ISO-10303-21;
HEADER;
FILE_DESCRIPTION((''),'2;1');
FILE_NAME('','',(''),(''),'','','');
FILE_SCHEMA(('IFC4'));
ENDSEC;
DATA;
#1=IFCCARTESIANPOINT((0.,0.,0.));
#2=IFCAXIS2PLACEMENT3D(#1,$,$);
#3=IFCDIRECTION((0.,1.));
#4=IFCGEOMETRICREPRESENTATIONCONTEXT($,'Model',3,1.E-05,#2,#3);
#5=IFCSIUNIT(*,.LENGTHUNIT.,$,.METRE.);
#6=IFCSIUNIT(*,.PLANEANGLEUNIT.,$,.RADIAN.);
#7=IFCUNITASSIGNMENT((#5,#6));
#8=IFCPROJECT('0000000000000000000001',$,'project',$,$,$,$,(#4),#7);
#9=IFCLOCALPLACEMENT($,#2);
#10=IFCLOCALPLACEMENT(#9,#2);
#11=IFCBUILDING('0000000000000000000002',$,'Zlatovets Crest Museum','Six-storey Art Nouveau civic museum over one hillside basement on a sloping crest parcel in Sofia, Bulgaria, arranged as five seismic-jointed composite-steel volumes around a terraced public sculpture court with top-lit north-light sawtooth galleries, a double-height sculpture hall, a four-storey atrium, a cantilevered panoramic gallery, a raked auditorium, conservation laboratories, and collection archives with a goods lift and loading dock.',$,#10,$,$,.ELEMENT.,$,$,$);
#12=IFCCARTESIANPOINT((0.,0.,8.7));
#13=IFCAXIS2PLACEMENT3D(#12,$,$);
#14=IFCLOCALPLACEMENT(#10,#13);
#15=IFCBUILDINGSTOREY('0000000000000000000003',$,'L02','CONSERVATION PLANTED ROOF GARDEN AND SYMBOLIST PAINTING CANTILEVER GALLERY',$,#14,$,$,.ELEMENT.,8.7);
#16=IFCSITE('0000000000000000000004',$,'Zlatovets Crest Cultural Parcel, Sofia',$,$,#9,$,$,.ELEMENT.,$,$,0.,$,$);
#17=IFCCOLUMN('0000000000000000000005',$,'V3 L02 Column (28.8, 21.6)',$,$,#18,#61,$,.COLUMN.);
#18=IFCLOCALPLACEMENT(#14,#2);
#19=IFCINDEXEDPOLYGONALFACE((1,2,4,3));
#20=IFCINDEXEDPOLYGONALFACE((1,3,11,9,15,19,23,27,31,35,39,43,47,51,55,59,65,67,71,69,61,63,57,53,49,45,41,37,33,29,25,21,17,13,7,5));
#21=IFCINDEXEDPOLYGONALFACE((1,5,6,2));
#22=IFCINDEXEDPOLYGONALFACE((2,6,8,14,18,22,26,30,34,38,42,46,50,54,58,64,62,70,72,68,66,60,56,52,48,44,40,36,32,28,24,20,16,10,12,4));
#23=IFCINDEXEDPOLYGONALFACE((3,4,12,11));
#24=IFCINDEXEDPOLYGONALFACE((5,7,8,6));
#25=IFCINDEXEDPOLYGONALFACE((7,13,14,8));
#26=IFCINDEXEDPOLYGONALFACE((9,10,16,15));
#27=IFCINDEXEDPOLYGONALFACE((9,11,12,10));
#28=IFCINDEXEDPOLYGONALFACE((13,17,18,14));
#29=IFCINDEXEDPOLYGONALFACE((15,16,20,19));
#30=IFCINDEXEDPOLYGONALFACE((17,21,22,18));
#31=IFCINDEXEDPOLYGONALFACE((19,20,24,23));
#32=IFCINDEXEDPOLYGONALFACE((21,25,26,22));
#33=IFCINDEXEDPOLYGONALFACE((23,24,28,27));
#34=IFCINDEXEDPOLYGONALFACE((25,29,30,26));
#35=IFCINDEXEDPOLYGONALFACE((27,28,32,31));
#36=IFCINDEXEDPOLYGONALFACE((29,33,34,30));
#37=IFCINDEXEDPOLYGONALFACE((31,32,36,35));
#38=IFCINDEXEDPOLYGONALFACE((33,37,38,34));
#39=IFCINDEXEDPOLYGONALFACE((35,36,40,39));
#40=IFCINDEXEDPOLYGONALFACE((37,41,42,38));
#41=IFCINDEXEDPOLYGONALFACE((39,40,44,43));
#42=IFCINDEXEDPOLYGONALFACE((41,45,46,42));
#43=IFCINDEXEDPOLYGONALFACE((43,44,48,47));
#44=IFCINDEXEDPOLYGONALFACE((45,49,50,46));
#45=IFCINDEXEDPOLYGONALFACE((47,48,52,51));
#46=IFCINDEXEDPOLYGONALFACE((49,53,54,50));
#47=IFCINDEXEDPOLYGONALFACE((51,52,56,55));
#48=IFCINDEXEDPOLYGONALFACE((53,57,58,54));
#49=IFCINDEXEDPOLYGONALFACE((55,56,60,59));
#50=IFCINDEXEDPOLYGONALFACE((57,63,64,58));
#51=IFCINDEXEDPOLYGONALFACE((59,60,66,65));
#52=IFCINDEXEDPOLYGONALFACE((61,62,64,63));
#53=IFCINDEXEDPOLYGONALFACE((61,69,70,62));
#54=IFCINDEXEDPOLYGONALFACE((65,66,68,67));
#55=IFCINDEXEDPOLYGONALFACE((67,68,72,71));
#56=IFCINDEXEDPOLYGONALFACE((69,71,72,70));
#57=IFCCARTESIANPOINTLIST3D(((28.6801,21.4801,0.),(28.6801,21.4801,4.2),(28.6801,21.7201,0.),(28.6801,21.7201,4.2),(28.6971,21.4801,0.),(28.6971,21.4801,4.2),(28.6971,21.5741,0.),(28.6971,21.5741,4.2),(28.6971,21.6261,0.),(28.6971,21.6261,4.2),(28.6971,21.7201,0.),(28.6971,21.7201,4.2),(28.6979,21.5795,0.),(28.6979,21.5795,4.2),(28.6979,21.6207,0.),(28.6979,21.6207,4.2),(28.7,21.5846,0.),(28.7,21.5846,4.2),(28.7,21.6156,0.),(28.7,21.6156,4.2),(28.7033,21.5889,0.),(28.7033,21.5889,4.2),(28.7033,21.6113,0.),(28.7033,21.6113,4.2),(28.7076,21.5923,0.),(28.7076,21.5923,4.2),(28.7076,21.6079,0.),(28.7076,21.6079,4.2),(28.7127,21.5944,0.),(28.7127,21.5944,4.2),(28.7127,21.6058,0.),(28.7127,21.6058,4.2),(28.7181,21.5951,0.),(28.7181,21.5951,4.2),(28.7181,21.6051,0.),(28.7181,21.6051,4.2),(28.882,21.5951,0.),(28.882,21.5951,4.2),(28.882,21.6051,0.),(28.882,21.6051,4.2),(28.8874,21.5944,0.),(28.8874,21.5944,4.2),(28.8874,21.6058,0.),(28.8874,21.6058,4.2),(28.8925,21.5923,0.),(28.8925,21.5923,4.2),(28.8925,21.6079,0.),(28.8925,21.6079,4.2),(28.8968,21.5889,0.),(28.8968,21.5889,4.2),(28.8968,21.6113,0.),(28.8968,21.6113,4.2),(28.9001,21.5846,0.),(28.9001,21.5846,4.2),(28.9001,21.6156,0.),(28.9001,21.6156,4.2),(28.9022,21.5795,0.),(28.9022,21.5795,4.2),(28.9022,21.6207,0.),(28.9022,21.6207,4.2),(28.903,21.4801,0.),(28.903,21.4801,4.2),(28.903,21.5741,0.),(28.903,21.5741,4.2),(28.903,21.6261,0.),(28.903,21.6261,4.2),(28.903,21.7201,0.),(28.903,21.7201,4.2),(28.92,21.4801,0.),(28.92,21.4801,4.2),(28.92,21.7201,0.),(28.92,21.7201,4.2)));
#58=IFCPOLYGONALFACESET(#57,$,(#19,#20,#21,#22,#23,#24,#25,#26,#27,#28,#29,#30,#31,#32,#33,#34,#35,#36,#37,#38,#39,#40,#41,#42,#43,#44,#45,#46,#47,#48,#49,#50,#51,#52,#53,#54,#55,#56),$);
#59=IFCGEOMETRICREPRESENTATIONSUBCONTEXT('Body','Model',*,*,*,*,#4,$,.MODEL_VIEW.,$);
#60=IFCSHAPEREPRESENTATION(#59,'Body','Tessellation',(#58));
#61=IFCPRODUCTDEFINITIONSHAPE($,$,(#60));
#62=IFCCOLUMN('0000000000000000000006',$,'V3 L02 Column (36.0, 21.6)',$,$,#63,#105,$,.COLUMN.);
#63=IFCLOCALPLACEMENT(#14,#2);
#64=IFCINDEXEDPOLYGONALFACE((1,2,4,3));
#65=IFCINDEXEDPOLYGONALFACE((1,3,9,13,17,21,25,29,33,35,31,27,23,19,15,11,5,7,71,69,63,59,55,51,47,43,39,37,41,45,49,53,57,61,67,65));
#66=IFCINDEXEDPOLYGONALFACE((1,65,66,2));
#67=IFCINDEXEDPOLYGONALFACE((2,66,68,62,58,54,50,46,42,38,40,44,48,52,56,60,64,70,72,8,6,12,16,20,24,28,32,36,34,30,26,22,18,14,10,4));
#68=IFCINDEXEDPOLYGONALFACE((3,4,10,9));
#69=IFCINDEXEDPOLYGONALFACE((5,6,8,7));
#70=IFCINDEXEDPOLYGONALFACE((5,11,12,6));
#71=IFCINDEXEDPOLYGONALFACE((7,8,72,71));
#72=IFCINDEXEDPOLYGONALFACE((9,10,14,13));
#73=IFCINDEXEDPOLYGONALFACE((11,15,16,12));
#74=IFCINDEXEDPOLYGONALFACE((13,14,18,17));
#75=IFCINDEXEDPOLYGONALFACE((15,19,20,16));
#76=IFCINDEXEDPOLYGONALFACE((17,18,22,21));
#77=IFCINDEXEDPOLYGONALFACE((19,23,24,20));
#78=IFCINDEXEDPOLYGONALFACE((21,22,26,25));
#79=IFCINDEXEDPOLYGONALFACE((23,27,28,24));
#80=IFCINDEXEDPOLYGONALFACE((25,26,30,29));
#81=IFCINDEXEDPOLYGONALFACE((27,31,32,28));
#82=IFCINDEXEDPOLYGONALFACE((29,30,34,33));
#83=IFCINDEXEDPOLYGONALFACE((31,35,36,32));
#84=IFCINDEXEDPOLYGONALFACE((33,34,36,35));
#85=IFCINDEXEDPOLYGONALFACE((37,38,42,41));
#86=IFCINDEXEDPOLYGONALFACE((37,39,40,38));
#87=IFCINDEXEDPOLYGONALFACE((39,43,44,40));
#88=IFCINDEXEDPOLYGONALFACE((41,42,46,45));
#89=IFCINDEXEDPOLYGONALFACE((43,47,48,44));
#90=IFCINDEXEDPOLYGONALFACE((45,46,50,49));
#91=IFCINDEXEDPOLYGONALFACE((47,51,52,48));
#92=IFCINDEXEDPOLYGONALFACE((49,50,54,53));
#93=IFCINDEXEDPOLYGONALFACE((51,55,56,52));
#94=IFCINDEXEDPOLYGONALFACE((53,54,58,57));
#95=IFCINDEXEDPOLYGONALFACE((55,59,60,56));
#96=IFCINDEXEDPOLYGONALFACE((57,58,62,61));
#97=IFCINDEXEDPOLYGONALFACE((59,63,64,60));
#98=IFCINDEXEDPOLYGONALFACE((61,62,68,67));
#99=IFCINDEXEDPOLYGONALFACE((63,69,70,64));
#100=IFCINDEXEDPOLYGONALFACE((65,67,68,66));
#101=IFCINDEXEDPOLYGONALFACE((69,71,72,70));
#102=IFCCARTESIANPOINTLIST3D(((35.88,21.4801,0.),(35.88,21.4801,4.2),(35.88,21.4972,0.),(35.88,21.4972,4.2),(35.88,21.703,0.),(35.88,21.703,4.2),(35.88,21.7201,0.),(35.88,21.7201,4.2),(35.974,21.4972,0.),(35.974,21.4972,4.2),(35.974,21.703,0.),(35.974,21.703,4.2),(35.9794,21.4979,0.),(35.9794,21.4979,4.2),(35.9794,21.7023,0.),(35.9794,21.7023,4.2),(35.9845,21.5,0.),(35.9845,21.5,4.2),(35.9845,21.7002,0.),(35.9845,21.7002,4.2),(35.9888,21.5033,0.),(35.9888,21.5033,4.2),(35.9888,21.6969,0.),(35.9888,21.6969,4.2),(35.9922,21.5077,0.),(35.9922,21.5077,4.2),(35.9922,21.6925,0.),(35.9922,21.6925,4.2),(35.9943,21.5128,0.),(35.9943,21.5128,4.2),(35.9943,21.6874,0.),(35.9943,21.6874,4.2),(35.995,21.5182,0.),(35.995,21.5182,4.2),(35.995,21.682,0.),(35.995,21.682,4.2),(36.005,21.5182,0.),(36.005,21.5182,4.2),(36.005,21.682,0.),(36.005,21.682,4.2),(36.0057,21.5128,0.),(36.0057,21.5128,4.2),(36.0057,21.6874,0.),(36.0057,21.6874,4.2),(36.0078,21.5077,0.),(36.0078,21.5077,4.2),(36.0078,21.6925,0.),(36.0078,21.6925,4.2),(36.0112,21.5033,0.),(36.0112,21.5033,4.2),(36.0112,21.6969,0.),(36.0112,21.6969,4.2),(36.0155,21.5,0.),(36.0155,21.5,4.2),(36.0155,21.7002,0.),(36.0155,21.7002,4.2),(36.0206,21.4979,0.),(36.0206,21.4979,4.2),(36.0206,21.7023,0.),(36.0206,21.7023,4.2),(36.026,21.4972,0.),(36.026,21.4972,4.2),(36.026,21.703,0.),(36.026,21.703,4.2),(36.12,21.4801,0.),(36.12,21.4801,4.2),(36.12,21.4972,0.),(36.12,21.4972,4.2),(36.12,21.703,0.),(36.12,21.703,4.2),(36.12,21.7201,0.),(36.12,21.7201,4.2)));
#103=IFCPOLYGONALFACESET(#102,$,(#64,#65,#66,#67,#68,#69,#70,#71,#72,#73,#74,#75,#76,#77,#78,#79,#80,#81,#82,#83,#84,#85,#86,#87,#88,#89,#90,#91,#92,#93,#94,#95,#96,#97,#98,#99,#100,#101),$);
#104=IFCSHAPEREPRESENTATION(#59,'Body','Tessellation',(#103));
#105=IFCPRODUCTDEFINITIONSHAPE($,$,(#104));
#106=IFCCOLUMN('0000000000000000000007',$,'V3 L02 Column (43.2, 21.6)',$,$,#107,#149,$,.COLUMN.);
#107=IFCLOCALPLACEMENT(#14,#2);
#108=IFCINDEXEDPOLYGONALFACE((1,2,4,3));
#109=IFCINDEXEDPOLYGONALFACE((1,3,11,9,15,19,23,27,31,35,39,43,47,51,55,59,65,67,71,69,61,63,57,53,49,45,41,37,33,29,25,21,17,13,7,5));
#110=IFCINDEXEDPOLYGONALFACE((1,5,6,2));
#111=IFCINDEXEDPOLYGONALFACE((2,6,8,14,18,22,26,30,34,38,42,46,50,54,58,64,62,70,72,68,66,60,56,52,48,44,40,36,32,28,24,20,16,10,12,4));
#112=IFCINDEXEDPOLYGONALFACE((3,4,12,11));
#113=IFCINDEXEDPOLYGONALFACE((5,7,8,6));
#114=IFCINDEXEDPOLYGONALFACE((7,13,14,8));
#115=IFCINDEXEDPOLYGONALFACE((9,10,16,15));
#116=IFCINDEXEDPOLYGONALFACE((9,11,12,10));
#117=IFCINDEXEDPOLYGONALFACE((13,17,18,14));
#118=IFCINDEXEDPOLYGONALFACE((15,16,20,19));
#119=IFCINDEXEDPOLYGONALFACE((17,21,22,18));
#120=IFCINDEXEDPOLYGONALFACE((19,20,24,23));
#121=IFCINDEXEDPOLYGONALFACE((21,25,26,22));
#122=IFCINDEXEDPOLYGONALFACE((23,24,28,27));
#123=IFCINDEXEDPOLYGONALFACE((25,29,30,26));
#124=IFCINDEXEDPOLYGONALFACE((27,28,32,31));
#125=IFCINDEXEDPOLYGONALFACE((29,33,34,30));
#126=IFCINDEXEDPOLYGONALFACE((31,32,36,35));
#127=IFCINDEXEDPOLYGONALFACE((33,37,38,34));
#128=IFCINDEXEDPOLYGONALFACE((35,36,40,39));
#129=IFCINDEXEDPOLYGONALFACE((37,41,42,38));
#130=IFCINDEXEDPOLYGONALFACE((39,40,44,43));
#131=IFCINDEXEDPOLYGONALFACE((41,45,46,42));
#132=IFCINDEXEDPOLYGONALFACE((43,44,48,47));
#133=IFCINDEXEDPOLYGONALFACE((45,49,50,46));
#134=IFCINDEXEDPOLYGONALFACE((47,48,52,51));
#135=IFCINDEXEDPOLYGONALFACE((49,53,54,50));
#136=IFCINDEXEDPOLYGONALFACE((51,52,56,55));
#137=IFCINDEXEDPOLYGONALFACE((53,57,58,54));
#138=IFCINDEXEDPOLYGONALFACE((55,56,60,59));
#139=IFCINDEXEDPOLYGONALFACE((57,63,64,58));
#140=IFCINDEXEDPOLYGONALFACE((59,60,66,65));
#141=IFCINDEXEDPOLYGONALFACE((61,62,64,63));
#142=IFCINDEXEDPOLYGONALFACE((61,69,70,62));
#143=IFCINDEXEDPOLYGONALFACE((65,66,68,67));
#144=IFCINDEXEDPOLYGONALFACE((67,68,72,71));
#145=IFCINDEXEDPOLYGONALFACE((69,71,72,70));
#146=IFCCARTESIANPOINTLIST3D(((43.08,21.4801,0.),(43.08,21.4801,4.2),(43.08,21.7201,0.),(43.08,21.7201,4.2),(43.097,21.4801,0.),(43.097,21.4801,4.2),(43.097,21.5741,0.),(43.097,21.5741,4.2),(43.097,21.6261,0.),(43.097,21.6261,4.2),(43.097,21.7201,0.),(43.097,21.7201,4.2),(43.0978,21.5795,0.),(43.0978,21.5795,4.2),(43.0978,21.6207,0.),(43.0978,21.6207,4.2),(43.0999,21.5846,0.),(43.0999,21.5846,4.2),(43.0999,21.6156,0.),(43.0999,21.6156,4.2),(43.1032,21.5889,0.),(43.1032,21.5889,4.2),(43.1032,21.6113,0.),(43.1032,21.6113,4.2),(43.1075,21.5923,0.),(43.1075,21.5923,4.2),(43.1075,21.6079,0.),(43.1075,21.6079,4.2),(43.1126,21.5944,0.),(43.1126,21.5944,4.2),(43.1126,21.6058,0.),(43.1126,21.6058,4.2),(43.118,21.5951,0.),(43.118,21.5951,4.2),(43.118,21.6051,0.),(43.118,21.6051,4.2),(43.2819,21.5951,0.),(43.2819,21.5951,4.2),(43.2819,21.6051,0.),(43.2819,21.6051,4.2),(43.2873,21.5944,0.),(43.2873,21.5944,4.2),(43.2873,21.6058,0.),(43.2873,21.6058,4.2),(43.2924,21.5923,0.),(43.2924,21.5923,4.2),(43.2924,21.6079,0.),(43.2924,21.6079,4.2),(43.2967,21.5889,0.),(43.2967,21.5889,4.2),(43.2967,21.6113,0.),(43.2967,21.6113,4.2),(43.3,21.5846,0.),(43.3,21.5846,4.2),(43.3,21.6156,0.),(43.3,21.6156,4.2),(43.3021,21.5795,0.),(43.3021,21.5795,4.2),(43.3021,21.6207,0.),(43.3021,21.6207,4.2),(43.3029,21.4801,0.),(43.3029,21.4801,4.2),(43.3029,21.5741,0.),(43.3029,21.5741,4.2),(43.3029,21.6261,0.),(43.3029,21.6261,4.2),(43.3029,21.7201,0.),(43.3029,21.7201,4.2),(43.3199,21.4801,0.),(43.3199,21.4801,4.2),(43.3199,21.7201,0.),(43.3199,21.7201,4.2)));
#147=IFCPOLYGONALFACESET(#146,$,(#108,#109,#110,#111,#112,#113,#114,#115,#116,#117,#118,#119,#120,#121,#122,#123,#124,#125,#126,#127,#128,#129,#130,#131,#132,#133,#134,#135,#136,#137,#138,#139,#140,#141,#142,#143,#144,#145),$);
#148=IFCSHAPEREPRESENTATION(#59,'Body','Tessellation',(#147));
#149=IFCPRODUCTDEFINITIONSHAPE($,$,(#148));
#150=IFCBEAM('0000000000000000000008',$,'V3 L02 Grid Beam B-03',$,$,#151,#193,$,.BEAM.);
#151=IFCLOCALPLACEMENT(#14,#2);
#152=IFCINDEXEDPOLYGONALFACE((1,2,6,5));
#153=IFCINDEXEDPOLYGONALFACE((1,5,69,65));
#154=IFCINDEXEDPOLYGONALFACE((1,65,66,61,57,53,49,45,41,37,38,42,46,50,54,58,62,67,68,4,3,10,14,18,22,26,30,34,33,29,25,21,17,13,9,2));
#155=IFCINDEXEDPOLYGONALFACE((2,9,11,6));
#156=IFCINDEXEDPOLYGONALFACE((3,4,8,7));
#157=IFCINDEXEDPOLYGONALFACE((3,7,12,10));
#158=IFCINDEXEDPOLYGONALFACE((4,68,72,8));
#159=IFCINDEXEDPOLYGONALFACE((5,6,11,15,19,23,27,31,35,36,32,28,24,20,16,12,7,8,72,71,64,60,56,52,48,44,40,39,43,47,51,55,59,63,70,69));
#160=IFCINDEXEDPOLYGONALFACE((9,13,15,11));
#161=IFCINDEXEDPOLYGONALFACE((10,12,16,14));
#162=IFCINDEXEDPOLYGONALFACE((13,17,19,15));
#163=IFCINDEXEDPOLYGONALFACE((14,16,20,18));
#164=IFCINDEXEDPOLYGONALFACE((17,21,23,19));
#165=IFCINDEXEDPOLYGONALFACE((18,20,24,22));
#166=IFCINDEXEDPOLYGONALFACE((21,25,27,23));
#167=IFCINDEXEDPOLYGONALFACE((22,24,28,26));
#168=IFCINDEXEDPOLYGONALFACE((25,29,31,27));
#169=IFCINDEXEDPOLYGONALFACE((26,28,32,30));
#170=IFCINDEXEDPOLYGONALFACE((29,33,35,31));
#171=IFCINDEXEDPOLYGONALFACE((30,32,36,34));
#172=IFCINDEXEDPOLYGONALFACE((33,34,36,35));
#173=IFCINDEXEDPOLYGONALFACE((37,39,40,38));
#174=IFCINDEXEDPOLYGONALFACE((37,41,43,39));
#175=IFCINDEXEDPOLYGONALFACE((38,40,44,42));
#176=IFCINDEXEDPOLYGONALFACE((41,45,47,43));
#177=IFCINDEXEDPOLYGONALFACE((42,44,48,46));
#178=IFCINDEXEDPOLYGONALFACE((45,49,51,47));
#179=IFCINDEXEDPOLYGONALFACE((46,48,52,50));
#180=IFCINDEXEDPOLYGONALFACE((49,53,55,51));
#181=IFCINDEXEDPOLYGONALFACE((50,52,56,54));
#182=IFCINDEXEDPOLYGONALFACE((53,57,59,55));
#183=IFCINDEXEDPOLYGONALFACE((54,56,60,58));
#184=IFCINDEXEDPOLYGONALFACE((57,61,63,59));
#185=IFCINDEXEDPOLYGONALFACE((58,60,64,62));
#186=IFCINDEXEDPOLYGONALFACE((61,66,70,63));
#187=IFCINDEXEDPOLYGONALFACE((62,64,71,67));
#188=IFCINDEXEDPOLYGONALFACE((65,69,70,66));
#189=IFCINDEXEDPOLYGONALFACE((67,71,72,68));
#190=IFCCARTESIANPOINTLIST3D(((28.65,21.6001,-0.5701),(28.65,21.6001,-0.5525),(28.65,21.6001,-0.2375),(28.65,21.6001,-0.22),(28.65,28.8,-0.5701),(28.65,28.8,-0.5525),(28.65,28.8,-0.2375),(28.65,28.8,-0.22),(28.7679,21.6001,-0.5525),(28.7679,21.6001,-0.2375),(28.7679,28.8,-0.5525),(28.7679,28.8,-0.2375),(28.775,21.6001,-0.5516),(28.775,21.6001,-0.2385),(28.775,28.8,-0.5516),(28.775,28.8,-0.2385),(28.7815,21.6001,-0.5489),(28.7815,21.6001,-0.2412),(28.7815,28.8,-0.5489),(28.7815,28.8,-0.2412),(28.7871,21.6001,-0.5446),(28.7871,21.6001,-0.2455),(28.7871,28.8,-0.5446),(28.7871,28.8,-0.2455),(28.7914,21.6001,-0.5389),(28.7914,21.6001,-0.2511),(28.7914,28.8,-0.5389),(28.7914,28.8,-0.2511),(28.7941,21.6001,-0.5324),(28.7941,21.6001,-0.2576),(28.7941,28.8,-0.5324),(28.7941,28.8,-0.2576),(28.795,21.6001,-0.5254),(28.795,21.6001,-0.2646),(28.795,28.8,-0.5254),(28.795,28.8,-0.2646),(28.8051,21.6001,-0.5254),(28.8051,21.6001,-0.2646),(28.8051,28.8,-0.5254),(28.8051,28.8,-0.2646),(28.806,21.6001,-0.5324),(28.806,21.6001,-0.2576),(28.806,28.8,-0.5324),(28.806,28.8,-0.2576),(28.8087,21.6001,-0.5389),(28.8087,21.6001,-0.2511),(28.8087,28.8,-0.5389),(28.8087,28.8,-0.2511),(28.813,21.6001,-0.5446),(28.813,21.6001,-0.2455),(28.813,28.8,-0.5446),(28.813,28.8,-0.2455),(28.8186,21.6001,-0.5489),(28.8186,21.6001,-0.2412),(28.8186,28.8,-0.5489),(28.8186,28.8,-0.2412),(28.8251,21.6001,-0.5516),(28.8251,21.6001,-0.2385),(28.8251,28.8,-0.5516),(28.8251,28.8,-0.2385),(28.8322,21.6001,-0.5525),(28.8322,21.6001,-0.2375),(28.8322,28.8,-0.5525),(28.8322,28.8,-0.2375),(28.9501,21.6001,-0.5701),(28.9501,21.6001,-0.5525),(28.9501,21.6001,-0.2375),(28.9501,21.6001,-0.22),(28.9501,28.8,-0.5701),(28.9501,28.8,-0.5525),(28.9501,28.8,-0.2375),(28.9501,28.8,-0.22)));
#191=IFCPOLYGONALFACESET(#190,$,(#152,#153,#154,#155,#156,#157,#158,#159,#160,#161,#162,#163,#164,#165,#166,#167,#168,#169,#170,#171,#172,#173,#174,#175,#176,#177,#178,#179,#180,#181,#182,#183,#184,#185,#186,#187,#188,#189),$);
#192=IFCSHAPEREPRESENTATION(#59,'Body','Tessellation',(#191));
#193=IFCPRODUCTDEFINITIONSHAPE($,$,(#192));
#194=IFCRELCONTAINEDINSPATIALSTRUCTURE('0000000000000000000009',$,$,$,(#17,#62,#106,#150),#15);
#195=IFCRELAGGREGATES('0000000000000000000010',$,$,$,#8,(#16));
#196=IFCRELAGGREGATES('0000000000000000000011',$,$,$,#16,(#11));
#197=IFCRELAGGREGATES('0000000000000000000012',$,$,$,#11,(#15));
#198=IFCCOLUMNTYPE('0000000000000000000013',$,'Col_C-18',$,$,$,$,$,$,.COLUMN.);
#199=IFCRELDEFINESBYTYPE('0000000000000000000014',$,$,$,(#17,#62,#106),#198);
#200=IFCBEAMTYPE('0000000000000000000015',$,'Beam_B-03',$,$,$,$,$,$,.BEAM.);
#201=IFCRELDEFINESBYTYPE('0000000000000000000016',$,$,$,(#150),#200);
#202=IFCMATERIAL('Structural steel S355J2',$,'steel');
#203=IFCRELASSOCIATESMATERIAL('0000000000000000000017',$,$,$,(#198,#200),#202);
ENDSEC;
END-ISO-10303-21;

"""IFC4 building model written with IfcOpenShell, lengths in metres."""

from ifc_helpers import new_model, si_unit, direction, frame, origin, origin_2d, place, context, subcontext, project, spatial, i_section, extrude, material, material_profile, profile_set, type_object, element, save


model = new_model("IFC4")

# Units and contexts
model_context = context("Model", 3, precision=1e-05, world=origin(), true_north=direction((0.0, 1.0)))
body_context = subcontext(model_context, "Body", "Model", "MODEL_VIEW")
ifc_project = project(units=[si_unit("LENGTHUNIT", "METRE"), si_unit("PLANEANGLEUNIT", "RADIAN")], contexts=[model_context])

# Site, building, storey
site_placement = place(None, origin())
site = spatial("IfcSite", under=ifc_project, at=site_placement, Name="Zlatovets Crest Cultural Parcel, Sofia", CompositionType="ELEMENT", RefElevation=0.0)
building_placement = place(site_placement, origin())
building = spatial("IfcBuilding", under=site, at=building_placement, Name="Zlatovets Crest Museum", Description="Six-storey Art Nouveau civic museum over one hillside basement on a sloping crest parcel in Sofia, Bulgaria, arranged as five seismic-jointed composite-steel volumes around a terraced public sculpture court with top-lit north-light sawtooth galleries, a double-height sculpture hall, a four-storey atrium, a cantilevered panoramic gallery, a raked auditorium, conservation laboratories, and collection archives with a goods lift and loading dock.", CompositionType="ELEMENT")
storey_placement = place(building_placement, frame((0.0, 0.0, 8.7)))
storey = spatial("IfcBuildingStorey", under=building, at=storey_placement, Name="L02", Description="CONSERVATION PLANTED ROOF GARDEN AND SYMBOLIST PAINTING CANTILEVER GALLERY", CompositionType="ELEMENT", Elevation=8.7)

# Columns
ifc_material_1 = material(Name="Structural steel S355J2", Category="steel")
ifc_material_profile_1 = material_profile(ifc_material_1, i_section(OverallWidth=0.24, OverallDepth=0.24, WebThickness=0.01, FlangeThickness=0.0171, FilletRadius=0.021, at=origin_2d()), Name="HEB 240")
ifc_profile_set_1 = profile_set([ifc_material_profile_1], Name="Structural steel S355J2")
column_type = type_object("IfcColumnType", Name="Col_C-18", PredefinedType="COLUMN", material=ifc_profile_set_1)
for number, where, z_axis, x_axis, name in (
    (1, (28.8, 21.6001, 0.0), (0.0, 0.0, 1.0), (0.0, 1.0, 0.0), "V3 L02 Column (28.8, 21.6)"),
    (2, (36.0, 21.6001, 0.0), (0.0, 0.0, 1.0), (1.0, 0.0, 0.0), "V3 L02 Column (36.0, 21.6)"),
    (3, (43.2, 21.6001, 0.0), (0.0, 0.0, 1.0), (0.0, 1.0, 0.0), "V3 L02 Column (43.2, 21.6)"),
):
    element("IfcColumn", number, at=place(storey_placement, frame(where, z_axis=z_axis, x_axis=x_axis)), inside=storey, type_object=column_type, Name=name, PredefinedType="COLUMN", context=body_context, shape_type="SweptSolid", body=[
        extrude(i_section(OverallWidth=0.24, OverallDepth=0.24, WebThickness=0.01, FlangeThickness=0.0171, FilletRadius=0.021, at=origin_2d()), origin(), (0.0, 0.0, 1.0), 4.2),
    ])

# Beam
ifc_material_profile_2 = material_profile(ifc_material_1, i_section(OverallWidth=0.3, OverallDepth=0.3501, WebThickness=0.01, FlangeThickness=0.0176, FilletRadius=0.0271, at=origin_2d()), Name="HEA 360")
ifc_profile_set_2 = profile_set([ifc_material_profile_2], Name="Structural steel S355J2")
beam_type_1 = type_object("IfcBeamType", Name="Beam_B-03", PredefinedType="BEAM", material=ifc_profile_set_2)
for number, where, z_axis, x_axis, name in (
    (4, (28.8, 21.6001, -0.395), (0.0, 1.0, 0.0), (-1.0, 0.0, 0.0), "V3 L02 Grid Beam B-03"),
):
    element("IfcBeam", number, at=place(storey_placement, frame(where, z_axis=z_axis, x_axis=x_axis)), inside=storey, type_object=beam_type_1, Name=name, PredefinedType="BEAM", context=body_context, shape_type="SweptSolid", body=[
        extrude(i_section(OverallWidth=0.3, OverallDepth=0.3501, WebThickness=0.01, FlangeThickness=0.0176, FilletRadius=0.0271, at=origin_2d()), origin(), (0.0, 0.0, 1.0), 7.2),
    ])

save(model, "model.ifc")
